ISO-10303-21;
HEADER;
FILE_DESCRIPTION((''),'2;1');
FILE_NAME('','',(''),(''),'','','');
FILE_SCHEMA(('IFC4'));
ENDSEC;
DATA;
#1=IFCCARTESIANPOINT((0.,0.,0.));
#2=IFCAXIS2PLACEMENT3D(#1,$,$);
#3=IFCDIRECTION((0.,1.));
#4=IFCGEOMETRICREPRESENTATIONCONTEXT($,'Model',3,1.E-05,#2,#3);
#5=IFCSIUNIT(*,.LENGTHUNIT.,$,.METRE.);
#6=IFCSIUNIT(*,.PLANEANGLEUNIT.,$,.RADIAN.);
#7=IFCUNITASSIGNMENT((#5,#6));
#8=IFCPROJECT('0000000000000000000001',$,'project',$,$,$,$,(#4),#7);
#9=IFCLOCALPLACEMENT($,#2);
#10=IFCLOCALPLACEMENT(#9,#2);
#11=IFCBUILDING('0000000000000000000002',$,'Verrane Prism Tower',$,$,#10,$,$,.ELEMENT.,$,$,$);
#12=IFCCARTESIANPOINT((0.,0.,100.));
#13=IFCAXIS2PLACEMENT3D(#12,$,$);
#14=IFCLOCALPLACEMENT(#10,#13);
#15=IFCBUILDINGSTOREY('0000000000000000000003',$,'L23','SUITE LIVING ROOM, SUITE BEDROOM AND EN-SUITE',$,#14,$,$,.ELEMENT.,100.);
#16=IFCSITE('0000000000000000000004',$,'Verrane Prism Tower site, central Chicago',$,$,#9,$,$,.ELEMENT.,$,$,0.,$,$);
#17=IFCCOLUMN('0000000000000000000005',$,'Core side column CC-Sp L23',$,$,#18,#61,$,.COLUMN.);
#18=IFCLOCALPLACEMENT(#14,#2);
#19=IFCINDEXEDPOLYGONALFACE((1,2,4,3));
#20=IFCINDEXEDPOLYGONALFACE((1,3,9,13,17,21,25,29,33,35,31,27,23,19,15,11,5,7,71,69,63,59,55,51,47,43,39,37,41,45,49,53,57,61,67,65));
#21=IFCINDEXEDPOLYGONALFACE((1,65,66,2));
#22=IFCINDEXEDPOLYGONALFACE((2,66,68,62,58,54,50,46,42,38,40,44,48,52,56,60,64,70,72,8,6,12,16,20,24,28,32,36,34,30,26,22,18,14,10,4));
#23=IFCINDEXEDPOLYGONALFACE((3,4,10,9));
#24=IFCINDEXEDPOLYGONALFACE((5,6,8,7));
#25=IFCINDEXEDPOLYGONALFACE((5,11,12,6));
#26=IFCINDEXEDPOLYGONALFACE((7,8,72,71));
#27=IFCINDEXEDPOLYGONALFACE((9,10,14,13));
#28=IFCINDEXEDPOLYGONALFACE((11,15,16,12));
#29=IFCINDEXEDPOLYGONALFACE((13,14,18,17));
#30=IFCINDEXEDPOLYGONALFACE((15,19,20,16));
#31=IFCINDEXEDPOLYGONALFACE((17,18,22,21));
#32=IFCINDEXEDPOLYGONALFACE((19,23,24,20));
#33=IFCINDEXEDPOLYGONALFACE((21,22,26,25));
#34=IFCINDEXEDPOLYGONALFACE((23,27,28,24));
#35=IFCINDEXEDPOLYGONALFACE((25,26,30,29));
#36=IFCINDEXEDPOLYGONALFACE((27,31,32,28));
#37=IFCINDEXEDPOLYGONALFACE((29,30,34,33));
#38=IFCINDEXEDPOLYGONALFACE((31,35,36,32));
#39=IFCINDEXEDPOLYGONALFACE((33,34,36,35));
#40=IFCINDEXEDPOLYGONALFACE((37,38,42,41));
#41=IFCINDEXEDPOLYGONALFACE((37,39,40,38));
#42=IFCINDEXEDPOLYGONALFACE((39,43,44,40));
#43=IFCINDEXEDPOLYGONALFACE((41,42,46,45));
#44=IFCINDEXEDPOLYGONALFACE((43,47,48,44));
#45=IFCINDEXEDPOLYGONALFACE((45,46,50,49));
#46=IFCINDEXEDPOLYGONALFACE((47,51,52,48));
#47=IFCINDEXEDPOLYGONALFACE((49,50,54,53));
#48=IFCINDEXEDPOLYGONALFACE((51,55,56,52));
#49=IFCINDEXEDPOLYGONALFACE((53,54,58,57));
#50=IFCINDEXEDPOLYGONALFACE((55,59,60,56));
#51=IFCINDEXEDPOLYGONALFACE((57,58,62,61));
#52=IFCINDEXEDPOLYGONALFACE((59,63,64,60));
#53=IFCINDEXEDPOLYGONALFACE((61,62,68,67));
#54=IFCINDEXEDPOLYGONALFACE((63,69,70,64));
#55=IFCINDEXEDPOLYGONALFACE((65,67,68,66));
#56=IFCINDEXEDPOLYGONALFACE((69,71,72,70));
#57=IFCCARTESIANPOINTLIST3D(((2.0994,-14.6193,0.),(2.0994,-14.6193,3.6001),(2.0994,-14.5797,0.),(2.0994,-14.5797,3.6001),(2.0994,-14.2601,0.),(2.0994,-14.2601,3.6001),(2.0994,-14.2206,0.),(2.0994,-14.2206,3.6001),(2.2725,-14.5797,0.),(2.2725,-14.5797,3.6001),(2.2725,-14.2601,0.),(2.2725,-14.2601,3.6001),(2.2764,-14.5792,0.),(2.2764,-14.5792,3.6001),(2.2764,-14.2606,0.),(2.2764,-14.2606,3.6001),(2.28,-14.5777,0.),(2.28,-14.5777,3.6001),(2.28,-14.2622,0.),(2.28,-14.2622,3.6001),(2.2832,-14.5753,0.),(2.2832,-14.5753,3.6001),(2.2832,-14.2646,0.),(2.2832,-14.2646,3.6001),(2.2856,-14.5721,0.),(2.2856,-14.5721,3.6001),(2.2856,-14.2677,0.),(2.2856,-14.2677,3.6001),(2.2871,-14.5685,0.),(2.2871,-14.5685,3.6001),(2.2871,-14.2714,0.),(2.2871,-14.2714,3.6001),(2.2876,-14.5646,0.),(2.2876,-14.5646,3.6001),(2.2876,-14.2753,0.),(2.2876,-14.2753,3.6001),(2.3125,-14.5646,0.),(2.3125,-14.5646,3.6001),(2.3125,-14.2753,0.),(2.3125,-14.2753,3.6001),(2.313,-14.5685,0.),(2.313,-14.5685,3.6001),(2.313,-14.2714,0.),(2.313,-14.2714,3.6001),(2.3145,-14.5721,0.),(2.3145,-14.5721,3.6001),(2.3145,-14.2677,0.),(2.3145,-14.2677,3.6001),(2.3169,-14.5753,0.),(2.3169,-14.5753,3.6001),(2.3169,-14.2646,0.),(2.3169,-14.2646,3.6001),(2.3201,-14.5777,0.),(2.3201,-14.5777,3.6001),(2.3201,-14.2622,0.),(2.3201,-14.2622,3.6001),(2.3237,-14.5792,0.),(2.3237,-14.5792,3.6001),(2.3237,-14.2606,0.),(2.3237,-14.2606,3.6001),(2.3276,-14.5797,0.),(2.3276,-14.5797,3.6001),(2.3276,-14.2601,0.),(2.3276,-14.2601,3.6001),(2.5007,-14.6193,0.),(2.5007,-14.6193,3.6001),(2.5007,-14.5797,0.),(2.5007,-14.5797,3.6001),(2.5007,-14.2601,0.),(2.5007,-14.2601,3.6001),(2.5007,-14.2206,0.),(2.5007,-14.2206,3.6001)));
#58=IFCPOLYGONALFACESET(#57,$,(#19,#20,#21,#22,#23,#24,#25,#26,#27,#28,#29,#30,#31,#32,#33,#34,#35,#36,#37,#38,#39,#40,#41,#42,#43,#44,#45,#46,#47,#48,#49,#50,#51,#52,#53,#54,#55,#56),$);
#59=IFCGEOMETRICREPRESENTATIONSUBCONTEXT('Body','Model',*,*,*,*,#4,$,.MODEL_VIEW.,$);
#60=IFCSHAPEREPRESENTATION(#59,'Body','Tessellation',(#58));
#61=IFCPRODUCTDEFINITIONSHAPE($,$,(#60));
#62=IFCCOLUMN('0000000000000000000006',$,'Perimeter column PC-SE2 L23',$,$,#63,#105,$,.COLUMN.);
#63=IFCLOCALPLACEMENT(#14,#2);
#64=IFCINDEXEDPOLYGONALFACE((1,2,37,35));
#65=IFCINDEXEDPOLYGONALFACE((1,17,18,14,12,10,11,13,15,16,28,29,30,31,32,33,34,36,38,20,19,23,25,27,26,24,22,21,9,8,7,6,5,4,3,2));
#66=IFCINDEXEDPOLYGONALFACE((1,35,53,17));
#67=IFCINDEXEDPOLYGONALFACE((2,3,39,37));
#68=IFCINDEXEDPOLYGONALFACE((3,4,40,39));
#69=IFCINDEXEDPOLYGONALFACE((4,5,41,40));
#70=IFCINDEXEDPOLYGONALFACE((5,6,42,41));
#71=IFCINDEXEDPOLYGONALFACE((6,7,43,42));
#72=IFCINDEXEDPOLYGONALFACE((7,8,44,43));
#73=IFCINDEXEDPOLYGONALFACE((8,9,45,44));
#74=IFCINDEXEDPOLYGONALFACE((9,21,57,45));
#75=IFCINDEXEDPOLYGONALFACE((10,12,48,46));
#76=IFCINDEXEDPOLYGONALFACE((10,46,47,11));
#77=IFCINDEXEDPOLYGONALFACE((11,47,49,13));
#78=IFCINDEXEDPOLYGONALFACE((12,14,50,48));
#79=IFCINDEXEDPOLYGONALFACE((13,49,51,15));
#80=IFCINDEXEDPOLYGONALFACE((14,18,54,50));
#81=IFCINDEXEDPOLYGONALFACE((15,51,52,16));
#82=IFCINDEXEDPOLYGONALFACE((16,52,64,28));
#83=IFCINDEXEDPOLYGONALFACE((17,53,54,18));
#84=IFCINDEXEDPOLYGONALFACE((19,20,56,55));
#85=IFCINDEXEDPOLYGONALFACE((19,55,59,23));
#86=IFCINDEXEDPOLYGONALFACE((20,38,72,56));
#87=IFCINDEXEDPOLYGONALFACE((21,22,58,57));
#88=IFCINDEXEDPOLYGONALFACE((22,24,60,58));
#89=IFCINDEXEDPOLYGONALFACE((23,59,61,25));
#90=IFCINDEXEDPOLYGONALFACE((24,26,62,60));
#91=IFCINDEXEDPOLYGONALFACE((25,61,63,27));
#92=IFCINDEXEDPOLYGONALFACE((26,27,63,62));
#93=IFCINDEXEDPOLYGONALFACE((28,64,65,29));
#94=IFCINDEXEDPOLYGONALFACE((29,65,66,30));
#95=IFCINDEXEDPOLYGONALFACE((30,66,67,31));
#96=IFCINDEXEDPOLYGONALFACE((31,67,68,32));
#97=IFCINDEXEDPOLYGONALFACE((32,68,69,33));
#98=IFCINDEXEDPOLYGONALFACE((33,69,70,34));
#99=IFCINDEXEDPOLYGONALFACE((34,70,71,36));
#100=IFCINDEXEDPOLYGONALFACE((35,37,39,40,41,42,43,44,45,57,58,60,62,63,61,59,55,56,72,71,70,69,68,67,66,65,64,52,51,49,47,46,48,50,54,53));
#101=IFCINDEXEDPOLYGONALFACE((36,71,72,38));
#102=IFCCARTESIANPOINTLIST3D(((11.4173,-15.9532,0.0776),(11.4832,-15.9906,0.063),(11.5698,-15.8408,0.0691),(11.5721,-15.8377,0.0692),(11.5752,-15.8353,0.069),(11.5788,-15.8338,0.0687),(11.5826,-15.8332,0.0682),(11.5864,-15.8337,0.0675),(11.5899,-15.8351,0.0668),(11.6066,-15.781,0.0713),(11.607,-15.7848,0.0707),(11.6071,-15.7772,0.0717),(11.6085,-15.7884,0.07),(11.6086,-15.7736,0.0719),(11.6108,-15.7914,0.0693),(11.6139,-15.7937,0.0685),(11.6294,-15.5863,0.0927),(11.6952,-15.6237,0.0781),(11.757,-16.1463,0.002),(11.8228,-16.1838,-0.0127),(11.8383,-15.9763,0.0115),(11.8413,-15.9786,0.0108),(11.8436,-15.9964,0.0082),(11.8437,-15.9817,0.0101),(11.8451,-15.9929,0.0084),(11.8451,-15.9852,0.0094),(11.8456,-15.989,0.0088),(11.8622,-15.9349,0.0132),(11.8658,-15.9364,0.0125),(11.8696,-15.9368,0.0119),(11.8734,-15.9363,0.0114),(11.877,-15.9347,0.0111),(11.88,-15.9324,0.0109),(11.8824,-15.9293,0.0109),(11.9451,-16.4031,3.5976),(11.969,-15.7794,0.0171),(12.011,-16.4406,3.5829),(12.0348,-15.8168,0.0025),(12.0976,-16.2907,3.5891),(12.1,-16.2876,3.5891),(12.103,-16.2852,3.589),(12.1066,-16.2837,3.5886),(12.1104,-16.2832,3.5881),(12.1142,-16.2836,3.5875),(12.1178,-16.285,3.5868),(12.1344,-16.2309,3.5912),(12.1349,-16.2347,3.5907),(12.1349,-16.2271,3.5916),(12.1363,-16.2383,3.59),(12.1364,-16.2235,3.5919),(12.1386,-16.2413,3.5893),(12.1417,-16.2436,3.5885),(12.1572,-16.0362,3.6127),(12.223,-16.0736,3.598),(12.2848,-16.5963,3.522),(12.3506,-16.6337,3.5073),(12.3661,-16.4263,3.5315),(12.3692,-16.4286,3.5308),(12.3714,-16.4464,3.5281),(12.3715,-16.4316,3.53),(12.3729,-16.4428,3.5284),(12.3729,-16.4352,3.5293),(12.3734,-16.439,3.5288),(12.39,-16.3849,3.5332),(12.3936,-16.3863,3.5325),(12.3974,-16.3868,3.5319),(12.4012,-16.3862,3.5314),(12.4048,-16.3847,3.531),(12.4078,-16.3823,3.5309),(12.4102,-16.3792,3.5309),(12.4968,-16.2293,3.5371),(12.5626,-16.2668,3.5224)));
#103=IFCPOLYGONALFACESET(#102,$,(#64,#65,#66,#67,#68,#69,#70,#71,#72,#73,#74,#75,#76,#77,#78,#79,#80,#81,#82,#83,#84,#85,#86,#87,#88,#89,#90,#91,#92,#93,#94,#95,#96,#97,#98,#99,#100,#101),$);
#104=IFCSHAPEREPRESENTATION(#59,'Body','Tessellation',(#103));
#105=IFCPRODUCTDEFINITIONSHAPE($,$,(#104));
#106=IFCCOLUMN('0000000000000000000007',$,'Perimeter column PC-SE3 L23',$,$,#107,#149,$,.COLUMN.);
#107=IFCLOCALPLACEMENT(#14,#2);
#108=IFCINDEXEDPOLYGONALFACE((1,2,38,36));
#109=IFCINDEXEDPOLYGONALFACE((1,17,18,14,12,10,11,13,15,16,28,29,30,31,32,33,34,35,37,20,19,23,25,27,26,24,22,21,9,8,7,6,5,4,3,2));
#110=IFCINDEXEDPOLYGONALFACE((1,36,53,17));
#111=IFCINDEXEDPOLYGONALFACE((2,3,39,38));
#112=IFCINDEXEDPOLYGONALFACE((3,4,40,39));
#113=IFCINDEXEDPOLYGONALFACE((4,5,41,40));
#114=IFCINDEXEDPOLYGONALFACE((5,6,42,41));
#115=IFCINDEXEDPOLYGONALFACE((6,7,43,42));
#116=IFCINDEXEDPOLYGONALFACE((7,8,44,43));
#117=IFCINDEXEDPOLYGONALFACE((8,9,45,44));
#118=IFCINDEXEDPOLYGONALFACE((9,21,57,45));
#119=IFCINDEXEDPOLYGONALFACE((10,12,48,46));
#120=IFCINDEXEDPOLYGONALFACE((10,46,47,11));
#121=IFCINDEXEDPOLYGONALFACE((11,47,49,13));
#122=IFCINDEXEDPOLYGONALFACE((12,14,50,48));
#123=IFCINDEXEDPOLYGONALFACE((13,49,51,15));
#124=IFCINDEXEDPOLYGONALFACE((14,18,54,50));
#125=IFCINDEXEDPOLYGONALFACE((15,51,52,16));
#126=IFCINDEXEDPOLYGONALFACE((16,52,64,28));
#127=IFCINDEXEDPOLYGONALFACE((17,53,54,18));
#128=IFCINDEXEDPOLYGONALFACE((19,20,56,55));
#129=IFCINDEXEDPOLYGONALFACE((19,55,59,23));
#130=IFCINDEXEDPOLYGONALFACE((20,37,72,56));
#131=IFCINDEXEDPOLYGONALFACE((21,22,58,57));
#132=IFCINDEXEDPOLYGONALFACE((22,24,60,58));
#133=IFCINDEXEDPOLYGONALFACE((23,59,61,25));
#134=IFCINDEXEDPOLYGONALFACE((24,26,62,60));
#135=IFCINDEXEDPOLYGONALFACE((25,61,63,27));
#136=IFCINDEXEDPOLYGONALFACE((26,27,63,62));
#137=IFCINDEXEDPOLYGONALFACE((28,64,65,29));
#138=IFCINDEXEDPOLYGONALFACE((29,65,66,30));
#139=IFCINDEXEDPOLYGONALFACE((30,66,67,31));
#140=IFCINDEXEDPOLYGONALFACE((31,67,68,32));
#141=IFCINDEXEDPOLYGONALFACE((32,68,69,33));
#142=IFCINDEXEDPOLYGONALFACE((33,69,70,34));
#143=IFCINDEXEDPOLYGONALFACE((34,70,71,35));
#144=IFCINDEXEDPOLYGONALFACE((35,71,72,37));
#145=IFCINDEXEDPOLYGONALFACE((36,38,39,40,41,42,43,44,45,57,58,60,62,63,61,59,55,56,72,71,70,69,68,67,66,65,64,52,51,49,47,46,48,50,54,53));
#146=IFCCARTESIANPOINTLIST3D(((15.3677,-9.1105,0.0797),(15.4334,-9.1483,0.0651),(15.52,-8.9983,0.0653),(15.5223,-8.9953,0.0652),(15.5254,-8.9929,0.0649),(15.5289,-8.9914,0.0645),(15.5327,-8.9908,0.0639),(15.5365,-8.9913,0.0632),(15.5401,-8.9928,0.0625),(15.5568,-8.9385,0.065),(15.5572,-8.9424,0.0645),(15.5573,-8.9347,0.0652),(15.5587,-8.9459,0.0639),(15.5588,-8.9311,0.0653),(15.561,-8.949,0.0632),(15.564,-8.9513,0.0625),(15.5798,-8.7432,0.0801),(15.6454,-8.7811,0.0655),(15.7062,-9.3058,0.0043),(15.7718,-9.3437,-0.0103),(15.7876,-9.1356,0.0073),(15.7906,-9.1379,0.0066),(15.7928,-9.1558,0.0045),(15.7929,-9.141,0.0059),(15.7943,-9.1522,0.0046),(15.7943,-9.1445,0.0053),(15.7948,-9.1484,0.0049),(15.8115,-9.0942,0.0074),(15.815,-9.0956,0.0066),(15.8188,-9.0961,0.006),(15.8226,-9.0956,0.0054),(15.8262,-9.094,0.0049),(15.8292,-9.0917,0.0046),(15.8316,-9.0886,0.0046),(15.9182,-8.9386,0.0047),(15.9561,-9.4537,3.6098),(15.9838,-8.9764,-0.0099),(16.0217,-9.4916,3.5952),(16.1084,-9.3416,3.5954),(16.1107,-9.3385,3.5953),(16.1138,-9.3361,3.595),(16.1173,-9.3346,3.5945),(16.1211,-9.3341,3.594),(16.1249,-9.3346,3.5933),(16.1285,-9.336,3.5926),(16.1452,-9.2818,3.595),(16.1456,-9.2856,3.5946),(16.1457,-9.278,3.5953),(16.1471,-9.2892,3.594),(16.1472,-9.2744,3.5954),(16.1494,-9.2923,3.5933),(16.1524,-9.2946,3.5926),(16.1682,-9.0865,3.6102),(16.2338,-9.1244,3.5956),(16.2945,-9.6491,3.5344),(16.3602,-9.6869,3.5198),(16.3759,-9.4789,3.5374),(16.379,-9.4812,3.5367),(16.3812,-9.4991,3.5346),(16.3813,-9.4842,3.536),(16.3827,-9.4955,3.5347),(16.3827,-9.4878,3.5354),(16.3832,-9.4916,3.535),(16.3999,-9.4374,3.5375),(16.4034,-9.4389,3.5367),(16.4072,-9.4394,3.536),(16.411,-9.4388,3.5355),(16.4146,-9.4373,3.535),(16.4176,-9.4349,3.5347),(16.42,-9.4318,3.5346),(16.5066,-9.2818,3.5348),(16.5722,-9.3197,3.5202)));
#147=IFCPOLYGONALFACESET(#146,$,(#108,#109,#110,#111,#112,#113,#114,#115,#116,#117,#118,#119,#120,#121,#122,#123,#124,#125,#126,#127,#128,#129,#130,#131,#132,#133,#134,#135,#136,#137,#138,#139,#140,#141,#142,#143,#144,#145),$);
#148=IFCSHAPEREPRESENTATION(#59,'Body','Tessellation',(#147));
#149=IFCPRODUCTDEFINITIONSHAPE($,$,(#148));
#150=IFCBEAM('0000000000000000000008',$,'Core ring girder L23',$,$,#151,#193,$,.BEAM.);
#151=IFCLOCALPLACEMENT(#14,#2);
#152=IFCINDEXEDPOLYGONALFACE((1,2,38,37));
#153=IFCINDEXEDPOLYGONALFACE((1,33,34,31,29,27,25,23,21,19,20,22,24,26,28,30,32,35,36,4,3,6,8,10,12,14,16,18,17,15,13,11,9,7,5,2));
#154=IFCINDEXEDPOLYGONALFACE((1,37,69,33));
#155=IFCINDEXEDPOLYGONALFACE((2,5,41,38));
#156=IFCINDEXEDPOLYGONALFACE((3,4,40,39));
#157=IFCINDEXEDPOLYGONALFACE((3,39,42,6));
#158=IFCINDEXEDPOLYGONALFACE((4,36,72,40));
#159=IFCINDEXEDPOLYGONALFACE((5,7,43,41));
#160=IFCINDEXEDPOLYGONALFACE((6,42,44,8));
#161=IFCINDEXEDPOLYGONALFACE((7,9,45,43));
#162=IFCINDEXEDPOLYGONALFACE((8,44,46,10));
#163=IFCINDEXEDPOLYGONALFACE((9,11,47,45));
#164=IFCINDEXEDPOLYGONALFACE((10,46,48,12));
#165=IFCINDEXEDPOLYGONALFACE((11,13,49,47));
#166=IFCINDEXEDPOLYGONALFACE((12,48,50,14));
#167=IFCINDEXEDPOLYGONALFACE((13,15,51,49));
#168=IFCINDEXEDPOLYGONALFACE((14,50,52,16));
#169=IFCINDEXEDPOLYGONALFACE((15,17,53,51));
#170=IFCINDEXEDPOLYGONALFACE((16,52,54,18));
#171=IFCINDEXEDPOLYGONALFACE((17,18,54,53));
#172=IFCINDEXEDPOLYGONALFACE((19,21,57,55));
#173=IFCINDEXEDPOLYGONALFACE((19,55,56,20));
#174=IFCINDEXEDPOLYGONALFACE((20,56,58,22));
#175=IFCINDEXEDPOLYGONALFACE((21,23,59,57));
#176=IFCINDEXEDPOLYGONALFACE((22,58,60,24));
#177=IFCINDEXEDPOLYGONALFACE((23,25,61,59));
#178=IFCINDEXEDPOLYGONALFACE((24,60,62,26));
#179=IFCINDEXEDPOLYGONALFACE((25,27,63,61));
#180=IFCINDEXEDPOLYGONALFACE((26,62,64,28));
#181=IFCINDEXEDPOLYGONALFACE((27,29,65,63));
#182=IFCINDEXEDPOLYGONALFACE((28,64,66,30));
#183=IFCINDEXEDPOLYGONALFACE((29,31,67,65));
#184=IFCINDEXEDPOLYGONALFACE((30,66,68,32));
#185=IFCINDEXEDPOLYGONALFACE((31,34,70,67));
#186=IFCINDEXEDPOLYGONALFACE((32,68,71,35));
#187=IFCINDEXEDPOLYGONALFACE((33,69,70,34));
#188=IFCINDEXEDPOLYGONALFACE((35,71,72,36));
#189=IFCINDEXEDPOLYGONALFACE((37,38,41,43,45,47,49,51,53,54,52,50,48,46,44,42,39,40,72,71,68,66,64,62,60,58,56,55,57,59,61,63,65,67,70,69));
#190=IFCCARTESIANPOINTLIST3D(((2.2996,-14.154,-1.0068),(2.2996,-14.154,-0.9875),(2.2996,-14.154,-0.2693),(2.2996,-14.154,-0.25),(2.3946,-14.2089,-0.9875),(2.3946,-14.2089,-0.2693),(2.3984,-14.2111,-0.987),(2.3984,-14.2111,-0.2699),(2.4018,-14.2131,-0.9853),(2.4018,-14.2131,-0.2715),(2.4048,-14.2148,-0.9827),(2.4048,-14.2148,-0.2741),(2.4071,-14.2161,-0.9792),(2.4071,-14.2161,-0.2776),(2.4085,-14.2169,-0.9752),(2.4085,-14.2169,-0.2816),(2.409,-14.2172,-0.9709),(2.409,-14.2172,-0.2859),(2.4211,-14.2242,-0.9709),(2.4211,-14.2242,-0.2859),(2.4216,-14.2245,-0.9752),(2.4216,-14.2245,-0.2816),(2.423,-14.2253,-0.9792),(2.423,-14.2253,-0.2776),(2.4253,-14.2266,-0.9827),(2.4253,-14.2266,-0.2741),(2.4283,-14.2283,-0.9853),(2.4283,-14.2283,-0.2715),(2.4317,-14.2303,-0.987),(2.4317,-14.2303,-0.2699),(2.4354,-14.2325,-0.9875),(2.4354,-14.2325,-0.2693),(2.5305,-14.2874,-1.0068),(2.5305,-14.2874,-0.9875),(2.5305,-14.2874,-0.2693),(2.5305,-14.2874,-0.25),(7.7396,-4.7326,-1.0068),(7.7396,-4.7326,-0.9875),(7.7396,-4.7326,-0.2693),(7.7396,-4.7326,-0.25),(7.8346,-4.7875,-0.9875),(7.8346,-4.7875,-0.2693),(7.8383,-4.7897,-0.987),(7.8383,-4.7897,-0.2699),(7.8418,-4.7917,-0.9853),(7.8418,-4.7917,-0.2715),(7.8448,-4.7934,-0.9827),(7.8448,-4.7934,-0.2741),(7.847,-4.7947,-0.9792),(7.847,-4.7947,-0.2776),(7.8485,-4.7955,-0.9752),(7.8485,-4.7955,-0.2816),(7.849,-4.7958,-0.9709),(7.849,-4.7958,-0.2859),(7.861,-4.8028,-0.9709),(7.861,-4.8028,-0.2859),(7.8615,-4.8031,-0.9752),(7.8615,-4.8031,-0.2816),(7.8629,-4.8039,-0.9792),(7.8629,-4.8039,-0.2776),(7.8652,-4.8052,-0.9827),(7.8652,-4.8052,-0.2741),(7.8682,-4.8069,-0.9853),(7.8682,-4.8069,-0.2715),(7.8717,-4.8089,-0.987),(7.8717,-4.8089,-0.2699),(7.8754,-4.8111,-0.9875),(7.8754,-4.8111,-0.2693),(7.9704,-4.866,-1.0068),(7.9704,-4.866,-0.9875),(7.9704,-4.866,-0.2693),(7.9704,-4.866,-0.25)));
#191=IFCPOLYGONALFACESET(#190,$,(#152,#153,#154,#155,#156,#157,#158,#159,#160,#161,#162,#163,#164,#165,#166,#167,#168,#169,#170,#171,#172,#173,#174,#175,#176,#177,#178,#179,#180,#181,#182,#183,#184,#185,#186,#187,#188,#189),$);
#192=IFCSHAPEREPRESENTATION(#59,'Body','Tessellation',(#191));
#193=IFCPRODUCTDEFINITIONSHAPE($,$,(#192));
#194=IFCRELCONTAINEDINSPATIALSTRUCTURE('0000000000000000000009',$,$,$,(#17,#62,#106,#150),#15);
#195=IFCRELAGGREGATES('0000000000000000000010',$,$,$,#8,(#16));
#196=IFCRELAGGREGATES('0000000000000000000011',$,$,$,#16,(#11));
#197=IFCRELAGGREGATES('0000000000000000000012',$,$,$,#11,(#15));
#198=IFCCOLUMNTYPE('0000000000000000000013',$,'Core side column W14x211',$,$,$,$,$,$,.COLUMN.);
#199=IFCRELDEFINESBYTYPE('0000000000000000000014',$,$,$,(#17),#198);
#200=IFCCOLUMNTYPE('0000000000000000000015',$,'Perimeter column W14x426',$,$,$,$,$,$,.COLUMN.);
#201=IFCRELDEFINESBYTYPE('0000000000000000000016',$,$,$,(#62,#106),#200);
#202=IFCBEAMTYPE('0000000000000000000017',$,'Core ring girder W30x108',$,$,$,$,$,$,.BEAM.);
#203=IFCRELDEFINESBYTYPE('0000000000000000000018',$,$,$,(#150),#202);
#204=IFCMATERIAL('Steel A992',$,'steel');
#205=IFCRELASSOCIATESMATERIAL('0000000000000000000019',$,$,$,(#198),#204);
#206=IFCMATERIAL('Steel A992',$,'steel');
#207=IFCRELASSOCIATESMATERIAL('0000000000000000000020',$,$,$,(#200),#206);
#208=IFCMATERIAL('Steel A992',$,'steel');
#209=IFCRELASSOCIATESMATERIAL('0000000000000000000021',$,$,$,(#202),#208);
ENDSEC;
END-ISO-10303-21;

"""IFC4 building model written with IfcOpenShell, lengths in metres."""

from ifc_helpers import new_model, si_unit, direction, frame, origin, origin_2d, place, context, subcontext, project, spatial, i_section, extrude, material, material_profile, profile_set, type_object, element, save


model = new_model("IFC4")

# Units and contexts
model_context = context("Model", 3, precision=1e-05, world=origin(), true_north=direction((0.0, 1.0)))
body_context = subcontext(model_context, "Body", "Model", "MODEL_VIEW")
ifc_project = project(units=[si_unit("LENGTHUNIT", "METRE"), si_unit("PLANEANGLEUNIT", "RADIAN")], contexts=[model_context])

# Site, building, storey
site_placement = place(None, origin())
site = spatial("IfcSite", under=ifc_project, at=site_placement, Name="Verrane Prism Tower site, central Chicago", CompositionType="ELEMENT", RefElevation=0.0)
building_placement = place(site_placement, origin())
building = spatial("IfcBuilding", under=site, at=building_placement, Name="Verrane Prism Tower", CompositionType="ELEMENT")
storey_placement = place(building_placement, frame((0.0, 0.0, 100.0)))
storey = spatial("IfcBuildingStorey", under=building, at=storey_placement, Name="L23", Description="SUITE LIVING ROOM, SUITE BEDROOM AND EN-SUITE", CompositionType="ELEMENT", Elevation=100.0)

# Columns
ifc_material_1 = material(Name="Steel A992", Category="steel")
ifc_material_profile_1 = material_profile(ifc_material_1, i_section(OverallWidth=0.4014, OverallDepth=0.3987, WebThickness=0.0249, FlangeThickness=0.0396, FilletRadius=0.0151, at=origin_2d()), Name="W14x211")
ifc_profile_set_1 = profile_set([ifc_material_profile_1], Name="Steel A992")
column_type_1 = type_object("IfcColumnType", Name="Core side column W14x211", PredefinedType="COLUMN", material=ifc_profile_set_1)
column_1_placement = place(storey_placement, frame((2.3, -14.4199, 0.0), z_axis=(0.0, 0.0, 1.0), x_axis=(1.0, 0.0, 0.0)))
element("IfcColumn", 1, at=column_1_placement, inside=storey, type_object=column_type_1, Name="Core side column CC-Sp L23", PredefinedType="COLUMN", context=body_context, shape_type="SweptSolid", body=[
    extrude(i_section(OverallWidth=0.4014, OverallDepth=0.3987, WebThickness=0.0249, FlangeThickness=0.0396, FilletRadius=0.0151, at=origin_2d()), origin(), (0.0, 0.0, 1.0), 3.6001),
])
ifc_material_2 = material(Name="Steel A992", Category="steel")
ifc_material_profile_2 = material_profile(ifc_material_2, i_section(OverallWidth=0.4241, OverallDepth=0.4751, WebThickness=0.0479, FlangeThickness=0.0771, FilletRadius=0.0149, at=origin_2d()), Name="W14x426")
ifc_profile_set_2 = profile_set([ifc_material_profile_2], Name="Steel A992")
column_type_2 = type_object("IfcColumnType", Name="Perimeter column W14x426", PredefinedType="COLUMN", material=ifc_profile_set_2)
column_2_placement = place(storey_placement, frame((11.7261, -15.885, 0.04), z_axis=(0.147123, -0.125415, 0.981135), x_axis=(-0.499983, -0.865302, -0.035635)))
element("IfcColumn", 2, at=column_2_placement, inside=storey, type_object=column_type_2, Name="Perimeter column PC-SE2 L23", PredefinedType="COLUMN", context=body_context, shape_type="SweptSolid", body=[
    extrude(i_section(OverallWidth=0.4241, OverallDepth=0.4751, WebThickness=0.0479, FlangeThickness=0.0771, FilletRadius=0.0149, at=origin_2d()), origin(), (0.0, 0.0, 1.0), 3.5876),
])
column_3_placement = place(storey_placement, frame((15.6758, -9.0435, 0.0349), z_axis=(0.163659, -0.095479, 0.981886), x_axis=(-0.500044, -0.866, -0.000864)))
element("IfcColumn", 3, at=column_3_placement, inside=storey, type_object=column_type_2, Name="Perimeter column PC-SE3 L23", PredefinedType="COLUMN", context=body_context, shape_type="SweptSolid", body=[
    extrude(i_section(OverallWidth=0.4241, OverallDepth=0.4751, WebThickness=0.0479, FlangeThickness=0.0771, FilletRadius=0.0149, at=origin_2d()), origin(), (0.0, 0.0, 1.0), 3.5952),
])

# Beam
ifc_material_3 = material(Name="Steel A992", Category="steel")
ifc_material_profile_3 = material_profile(ifc_material_3, i_section(OverallWidth=0.2666, OverallDepth=0.7568, WebThickness=0.0139, FlangeThickness=0.0193, FilletRadius=0.0166, at=origin_2d()), Name="W30x108")
ifc_profile_set_3 = profile_set([ifc_material_profile_3], Name="Steel A992")
beam_type_1 = type_object("IfcBeamType", Name="Core ring girder W30x108", PredefinedType="BEAM", material=ifc_profile_set_3)
beam_1_placement = place(storey_placement, frame((2.415, -14.2207, -0.6284), z_axis=(0.500035, 0.866005, 0.0), x_axis=(-0.866005, 0.500035, 0.0)))
element("IfcBeam", 4, at=beam_1_placement, inside=storey, type_object=beam_type_1, Name="Core ring girder L23", PredefinedType="BEAM", context=body_context, shape_type="SweptSolid", body=[
    extrude(i_section(OverallWidth=0.2666, OverallDepth=0.7568, WebThickness=0.0139, FlangeThickness=0.0193, FilletRadius=0.0166, at=origin_2d()), origin(), (0.0, 0.0, 1.0), 10.8792),
])

save(model, "model.ifc")
